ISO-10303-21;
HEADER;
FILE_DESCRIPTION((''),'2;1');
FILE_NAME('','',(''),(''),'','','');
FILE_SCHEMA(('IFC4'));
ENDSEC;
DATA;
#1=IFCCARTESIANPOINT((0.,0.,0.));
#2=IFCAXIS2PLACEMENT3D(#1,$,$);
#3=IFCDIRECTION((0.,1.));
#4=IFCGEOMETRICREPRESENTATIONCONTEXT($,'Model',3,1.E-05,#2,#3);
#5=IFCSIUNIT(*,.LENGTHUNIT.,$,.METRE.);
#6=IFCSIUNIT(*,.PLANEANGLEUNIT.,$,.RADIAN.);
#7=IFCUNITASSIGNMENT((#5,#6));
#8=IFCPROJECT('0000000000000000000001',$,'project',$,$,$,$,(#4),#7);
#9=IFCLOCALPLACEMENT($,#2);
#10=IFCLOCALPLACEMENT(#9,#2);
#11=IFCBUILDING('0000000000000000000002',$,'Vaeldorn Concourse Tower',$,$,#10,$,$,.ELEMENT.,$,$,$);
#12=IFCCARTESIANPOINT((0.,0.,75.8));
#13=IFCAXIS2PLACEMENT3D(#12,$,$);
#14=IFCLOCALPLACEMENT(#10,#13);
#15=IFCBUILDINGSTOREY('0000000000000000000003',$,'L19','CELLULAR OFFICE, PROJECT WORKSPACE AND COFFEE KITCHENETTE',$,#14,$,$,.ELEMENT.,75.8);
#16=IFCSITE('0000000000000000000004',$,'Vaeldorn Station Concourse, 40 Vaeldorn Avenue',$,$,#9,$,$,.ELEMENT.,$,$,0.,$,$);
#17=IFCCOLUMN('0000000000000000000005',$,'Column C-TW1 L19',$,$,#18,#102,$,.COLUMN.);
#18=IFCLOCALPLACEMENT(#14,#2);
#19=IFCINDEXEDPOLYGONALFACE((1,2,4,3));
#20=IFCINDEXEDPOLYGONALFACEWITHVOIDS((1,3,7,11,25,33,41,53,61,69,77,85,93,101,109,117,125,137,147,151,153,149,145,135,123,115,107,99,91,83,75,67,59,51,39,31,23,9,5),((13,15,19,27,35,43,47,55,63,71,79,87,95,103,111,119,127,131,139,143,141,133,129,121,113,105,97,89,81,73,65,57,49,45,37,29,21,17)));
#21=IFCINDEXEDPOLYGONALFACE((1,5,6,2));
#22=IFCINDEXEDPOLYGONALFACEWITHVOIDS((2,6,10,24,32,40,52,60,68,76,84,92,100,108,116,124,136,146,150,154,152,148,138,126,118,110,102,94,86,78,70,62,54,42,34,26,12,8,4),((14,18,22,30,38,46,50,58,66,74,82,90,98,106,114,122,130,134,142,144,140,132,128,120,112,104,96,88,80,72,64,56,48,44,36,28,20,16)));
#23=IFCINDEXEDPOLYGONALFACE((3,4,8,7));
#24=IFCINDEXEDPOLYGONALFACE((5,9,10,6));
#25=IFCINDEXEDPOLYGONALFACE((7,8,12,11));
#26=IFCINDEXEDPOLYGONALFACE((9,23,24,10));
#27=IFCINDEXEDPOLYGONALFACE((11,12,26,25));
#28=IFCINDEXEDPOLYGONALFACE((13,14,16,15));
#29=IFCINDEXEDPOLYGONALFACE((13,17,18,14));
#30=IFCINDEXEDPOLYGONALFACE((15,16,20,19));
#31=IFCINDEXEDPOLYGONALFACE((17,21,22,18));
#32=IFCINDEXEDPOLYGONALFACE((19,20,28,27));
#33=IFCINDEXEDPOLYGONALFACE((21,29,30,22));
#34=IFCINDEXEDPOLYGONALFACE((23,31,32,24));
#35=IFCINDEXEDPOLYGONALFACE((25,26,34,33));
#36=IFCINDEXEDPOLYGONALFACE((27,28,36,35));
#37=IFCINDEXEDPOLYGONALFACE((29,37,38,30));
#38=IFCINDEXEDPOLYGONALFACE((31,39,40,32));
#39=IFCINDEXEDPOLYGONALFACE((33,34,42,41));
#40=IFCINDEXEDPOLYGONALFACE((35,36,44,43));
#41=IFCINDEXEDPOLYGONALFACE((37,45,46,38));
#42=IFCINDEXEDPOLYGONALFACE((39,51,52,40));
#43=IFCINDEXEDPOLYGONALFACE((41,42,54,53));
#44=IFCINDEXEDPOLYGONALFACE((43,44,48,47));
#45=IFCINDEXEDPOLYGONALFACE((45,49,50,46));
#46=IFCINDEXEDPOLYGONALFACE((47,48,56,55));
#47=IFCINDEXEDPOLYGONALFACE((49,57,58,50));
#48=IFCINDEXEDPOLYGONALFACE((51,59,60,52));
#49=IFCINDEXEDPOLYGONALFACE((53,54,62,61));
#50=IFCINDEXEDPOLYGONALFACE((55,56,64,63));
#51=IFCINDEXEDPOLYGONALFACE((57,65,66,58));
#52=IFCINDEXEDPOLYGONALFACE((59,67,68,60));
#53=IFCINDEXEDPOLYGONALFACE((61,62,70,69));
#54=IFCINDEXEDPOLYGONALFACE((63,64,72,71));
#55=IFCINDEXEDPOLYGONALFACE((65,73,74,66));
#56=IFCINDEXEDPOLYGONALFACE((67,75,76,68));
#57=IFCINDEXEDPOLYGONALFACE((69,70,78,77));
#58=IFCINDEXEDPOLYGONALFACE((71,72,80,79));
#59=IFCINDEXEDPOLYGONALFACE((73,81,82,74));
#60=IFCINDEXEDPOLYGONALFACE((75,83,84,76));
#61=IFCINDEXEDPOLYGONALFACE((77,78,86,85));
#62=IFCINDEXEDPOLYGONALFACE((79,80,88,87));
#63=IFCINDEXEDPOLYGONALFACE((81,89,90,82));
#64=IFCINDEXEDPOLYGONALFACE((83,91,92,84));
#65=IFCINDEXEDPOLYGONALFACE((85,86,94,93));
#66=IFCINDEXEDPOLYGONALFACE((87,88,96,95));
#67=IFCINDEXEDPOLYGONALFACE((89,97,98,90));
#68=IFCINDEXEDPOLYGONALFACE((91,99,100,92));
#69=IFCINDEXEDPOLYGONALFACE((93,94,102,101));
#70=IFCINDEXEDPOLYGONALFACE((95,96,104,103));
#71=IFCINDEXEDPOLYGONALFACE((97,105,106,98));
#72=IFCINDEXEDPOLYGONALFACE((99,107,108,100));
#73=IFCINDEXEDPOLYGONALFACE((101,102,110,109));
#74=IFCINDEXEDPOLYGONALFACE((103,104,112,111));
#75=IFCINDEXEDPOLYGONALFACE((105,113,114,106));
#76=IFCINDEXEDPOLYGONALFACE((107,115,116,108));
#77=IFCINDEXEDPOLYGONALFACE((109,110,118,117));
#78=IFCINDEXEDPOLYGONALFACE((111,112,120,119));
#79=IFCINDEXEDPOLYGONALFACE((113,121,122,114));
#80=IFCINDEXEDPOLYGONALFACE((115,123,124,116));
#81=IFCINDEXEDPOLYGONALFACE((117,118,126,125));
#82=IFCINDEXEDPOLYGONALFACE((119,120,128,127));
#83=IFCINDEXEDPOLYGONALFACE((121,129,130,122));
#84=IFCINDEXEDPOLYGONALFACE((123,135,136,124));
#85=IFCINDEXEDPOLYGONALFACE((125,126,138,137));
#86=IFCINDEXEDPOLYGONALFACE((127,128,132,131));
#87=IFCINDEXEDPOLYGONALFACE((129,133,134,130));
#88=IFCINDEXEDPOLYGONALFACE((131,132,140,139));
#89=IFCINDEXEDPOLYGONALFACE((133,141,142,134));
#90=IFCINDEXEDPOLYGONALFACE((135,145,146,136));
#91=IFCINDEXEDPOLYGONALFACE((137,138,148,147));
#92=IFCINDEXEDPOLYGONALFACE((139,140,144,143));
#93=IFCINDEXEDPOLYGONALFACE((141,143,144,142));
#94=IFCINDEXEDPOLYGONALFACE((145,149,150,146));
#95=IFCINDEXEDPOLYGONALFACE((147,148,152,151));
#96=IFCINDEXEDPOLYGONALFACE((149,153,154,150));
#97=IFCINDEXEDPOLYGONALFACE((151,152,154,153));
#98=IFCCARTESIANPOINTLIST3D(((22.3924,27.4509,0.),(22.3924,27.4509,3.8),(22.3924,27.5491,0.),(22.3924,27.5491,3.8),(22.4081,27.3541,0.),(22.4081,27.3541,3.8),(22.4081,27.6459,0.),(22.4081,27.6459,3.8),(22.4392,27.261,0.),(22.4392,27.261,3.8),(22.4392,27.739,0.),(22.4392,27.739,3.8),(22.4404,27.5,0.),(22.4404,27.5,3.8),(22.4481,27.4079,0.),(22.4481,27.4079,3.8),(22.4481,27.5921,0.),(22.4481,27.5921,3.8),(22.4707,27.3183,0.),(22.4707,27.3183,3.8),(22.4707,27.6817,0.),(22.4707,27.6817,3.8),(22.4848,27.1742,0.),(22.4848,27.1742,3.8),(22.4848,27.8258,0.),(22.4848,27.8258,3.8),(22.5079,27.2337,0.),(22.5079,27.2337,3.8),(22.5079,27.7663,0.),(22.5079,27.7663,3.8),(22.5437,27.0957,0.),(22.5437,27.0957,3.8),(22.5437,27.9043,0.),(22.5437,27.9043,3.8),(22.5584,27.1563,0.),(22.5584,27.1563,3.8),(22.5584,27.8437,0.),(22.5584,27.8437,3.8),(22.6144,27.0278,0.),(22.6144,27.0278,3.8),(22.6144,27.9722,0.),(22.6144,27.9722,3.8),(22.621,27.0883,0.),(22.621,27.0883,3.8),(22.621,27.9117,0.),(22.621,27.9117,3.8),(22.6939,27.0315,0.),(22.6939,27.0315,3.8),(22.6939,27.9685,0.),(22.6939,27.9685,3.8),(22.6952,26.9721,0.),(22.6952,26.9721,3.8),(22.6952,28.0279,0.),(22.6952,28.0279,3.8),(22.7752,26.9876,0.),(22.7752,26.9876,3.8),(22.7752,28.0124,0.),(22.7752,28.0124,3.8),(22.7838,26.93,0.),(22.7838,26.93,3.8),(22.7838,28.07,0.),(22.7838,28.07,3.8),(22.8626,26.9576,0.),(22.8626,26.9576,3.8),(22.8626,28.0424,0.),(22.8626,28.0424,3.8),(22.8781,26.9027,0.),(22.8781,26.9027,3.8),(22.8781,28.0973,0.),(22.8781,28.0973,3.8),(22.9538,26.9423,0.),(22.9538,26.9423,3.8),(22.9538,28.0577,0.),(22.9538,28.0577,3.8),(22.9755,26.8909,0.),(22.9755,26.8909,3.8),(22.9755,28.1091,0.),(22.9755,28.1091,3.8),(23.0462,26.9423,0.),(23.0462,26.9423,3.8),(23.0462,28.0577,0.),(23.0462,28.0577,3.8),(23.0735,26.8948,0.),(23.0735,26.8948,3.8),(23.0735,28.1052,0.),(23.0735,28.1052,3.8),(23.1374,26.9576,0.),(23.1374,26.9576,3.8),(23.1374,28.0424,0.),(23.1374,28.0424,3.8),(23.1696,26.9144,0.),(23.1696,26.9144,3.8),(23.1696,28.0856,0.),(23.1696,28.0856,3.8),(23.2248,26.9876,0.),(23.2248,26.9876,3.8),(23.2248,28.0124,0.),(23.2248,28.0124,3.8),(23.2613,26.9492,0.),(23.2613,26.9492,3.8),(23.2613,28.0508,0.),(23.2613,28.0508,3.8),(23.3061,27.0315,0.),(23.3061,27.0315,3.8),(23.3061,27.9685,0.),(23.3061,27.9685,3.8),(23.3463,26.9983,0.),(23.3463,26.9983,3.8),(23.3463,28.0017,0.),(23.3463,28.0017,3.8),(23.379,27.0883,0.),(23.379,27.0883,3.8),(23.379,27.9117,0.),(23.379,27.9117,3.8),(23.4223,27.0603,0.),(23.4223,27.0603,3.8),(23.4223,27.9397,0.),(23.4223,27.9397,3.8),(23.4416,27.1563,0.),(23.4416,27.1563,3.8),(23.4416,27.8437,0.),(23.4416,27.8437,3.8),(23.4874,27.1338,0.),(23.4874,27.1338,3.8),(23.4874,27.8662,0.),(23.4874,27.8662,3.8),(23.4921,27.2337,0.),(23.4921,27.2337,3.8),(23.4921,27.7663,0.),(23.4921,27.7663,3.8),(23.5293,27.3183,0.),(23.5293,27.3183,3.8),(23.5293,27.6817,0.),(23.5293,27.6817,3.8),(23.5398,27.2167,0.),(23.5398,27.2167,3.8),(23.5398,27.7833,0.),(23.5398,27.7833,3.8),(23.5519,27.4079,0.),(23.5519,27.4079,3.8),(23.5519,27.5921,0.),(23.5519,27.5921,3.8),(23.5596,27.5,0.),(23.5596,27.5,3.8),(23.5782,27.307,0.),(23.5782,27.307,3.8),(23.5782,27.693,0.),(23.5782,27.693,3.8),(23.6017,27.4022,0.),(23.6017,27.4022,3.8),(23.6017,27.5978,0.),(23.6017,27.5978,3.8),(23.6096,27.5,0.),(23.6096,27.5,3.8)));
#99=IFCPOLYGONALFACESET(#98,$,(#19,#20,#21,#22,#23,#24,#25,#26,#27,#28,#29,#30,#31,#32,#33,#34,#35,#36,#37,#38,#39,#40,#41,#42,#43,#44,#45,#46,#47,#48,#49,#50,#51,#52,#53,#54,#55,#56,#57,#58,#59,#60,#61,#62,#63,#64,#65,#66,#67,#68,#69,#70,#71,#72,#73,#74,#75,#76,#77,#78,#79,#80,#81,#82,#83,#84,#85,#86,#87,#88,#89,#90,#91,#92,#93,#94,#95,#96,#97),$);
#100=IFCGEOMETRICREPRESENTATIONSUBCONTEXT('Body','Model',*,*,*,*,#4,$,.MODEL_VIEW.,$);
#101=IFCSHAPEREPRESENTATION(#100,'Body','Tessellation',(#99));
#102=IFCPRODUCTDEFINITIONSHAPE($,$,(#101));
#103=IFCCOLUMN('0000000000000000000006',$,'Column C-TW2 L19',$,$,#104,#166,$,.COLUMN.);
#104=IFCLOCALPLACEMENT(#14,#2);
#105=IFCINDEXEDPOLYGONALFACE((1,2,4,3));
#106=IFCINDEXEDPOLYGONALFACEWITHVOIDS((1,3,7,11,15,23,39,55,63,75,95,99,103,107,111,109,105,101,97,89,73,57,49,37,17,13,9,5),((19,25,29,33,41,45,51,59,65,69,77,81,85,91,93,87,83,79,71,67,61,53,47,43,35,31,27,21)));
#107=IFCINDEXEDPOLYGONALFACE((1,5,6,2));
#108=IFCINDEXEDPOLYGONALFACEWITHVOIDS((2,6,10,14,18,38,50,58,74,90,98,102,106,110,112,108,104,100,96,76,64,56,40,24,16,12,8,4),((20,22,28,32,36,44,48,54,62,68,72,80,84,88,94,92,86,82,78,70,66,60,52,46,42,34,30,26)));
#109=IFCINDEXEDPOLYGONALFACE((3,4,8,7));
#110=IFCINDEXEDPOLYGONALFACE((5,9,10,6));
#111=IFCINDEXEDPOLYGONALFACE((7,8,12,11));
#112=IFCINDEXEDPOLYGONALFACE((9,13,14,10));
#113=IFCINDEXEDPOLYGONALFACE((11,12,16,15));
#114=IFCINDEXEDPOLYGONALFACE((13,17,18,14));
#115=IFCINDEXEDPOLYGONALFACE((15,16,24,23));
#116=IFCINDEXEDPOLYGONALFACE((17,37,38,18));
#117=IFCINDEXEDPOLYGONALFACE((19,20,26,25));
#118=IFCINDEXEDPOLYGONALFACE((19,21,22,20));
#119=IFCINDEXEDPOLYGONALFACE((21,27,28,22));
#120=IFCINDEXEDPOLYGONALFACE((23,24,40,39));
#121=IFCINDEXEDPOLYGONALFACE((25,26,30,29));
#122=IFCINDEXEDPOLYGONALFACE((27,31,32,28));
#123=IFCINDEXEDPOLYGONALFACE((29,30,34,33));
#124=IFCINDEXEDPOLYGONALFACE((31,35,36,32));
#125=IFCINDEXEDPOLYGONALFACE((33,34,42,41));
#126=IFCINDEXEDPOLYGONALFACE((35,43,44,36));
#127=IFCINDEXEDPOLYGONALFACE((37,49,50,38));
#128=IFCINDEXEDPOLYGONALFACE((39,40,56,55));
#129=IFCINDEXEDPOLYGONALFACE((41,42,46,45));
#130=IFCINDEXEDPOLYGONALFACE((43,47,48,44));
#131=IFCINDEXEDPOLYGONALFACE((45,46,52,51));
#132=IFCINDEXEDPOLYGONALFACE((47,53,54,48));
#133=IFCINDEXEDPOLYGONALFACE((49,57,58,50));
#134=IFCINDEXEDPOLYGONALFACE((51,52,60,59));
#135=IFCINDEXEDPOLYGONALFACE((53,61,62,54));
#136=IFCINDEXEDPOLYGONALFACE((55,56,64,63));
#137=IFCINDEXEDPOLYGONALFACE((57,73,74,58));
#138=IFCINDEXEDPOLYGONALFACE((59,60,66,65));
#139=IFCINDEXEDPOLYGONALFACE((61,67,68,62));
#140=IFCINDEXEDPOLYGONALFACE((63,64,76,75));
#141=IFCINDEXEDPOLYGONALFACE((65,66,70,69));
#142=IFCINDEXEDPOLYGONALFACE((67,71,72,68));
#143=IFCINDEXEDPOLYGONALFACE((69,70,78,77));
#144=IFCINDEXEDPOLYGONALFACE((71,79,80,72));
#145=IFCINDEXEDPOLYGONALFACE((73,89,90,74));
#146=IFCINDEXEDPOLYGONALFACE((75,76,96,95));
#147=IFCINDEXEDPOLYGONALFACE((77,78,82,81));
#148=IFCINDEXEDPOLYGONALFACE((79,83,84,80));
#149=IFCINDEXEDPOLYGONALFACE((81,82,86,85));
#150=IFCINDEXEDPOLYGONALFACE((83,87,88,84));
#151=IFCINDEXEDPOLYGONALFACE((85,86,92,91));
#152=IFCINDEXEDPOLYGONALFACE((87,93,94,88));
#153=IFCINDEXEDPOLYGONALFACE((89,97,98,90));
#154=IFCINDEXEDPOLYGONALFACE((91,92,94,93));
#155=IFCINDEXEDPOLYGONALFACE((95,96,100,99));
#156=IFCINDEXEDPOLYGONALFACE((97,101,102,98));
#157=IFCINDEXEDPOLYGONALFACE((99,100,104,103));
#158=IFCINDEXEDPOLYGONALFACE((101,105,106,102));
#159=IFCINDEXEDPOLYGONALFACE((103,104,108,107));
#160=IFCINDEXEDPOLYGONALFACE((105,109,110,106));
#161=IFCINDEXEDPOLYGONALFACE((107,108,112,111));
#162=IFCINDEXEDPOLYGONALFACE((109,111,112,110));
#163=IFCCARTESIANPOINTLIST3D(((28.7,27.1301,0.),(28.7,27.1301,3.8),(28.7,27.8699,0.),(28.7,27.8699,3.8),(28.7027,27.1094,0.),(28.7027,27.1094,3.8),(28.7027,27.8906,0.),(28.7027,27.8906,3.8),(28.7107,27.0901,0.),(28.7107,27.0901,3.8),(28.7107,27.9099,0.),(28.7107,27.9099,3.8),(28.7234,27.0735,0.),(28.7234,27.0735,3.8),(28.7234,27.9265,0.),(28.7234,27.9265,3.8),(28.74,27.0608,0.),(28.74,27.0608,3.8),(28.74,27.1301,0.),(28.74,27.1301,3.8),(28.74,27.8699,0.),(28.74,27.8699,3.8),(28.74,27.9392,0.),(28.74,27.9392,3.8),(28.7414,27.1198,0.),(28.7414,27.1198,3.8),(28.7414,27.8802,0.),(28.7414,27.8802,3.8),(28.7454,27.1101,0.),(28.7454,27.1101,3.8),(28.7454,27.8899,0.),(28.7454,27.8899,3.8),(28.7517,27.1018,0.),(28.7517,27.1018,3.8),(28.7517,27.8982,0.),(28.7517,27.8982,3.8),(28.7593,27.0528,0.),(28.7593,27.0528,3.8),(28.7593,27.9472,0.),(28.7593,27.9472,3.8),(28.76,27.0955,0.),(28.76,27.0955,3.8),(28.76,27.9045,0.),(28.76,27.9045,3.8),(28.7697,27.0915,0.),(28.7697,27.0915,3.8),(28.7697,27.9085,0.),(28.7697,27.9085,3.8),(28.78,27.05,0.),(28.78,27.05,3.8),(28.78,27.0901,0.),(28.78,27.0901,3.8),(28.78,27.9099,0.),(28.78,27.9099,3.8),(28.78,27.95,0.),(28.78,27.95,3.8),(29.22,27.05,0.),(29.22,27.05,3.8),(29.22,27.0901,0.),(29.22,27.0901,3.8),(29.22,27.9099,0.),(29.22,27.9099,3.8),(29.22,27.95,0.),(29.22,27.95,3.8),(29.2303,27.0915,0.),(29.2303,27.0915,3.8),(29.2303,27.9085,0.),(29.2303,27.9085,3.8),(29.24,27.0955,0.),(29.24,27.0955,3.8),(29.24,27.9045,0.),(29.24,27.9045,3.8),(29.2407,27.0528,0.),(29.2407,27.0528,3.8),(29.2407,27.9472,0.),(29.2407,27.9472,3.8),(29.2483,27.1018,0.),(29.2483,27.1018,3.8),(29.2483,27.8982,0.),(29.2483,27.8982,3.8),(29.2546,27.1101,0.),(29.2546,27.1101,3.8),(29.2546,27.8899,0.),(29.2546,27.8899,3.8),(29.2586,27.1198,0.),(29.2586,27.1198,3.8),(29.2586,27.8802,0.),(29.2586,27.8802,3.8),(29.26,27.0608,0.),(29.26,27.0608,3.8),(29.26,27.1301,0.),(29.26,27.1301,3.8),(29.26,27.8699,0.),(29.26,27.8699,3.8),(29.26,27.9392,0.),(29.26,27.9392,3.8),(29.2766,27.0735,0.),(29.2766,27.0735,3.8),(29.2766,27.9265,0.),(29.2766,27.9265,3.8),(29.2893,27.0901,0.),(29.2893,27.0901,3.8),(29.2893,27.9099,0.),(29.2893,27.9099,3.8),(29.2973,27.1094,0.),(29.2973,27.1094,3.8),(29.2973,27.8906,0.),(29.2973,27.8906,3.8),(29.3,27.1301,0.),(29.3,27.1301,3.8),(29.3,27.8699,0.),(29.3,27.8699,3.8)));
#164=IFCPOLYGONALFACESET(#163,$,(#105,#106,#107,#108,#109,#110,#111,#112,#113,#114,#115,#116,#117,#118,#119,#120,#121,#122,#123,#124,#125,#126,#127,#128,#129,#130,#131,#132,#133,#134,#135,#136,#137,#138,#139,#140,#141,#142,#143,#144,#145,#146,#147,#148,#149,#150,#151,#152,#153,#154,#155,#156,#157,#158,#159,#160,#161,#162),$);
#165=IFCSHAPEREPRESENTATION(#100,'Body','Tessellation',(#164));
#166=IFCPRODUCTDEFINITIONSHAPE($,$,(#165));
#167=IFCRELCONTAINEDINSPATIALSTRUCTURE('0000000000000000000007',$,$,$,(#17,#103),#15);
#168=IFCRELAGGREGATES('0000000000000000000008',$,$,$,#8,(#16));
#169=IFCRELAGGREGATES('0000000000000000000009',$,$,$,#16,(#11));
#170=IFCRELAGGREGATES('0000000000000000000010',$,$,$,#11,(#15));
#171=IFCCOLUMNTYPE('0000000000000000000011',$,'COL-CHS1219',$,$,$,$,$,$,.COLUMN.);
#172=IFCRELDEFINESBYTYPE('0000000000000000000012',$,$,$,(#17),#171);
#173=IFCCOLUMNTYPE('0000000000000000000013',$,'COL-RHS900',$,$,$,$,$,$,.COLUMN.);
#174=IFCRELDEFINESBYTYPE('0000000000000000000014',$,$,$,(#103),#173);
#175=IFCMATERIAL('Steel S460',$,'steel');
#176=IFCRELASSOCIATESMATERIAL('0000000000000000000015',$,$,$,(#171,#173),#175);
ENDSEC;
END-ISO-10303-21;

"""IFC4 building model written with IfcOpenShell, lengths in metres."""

from ifc_helpers import new_model, si_unit, direction, frame, origin, origin_2d, place, context, subcontext, project, spatial, hollow_rectangle, hollow_circle, extrude, source, transform, mapped, material, material_profile, profile_set, type_object, element, save


model = new_model("IFC4")

# Units and contexts
model_context = context("Model", 3, precision=1e-05, world=origin(), true_north=direction((0.0, 1.0)))
body_context = subcontext(model_context, "Body", "Model", "MODEL_VIEW")
ifc_project = project(units=[si_unit("LENGTHUNIT", "METRE"), si_unit("PLANEANGLEUNIT", "RADIAN")], contexts=[model_context])

# Site, building, storey
site_placement = place(None, origin())
site = spatial("IfcSite", under=ifc_project, at=site_placement, Name="Vaeldorn Station Concourse, 40 Vaeldorn Avenue", CompositionType="ELEMENT", RefElevation=0.0)
building_placement = place(site_placement, origin())
building = spatial("IfcBuilding", under=site, at=building_placement, Name="Vaeldorn Concourse Tower", CompositionType="ELEMENT")
storey_placement = place(building_placement, frame((0.0, 0.0, 75.8)))
storey = spatial("IfcBuildingStorey", under=building, at=storey_placement, Name="L19", Description="CELLULAR OFFICE, PROJECT WORKSPACE AND COFFEE KITCHENETTE", CompositionType="ELEMENT", Elevation=75.8)

# Columns
ifc_material_1 = material(Name="Steel S460", Category="steel")
ifc_material_profile_1 = material_profile(ifc_material_1, hollow_circle(Radius=0.6096, WallThickness=0.05, at=origin_2d()), Name="CHS 1219x50")
ifc_profile_set_1 = profile_set([ifc_material_profile_1], Name="Steel S460")
column_type_1 = type_object("IfcColumnType", Name="COL-CHS1219", PredefinedType="COLUMN", material=ifc_profile_set_1)
shared_shape_1 = source(origin(), body_context, "Body", "SweptSolid", [
    extrude(hollow_circle(Radius=0.6096, WallThickness=0.05, at=origin_2d()), origin(), (0.0, 0.0, 1.0), 3.8),
])
column_1_placement = place(storey_placement, frame((23.0, 27.5, 0.0), z_axis=(0.0, 0.0, 1.0), x_axis=(1.0, 0.0, 0.0)))
element("IfcColumn", 1, at=column_1_placement, inside=storey, type_object=column_type_1, Name="Column C-TW1 L19", PredefinedType="COLUMN", context=body_context, shape_type="MappedRepresentation", body=[
    mapped(shared_shape_1, transform((0.0, 0.0, 0.0), scale=1.0)),
])
ifc_material_profile_2 = material_profile(ifc_material_1, hollow_rectangle(XDim=0.6001, YDim=0.8999, WallThickness=0.04, InnerFilletRadius=0.04, OuterFilletRadius=0.0801, at=origin_2d()), Name="RHS 900x600x40")
ifc_profile_set_2 = profile_set([ifc_material_profile_2], Name="Steel S460")
column_type_2 = type_object("IfcColumnType", Name="COL-RHS900", PredefinedType="COLUMN", material=ifc_profile_set_2)
shared_shape_2 = source(origin(), body_context, "Body", "SweptSolid", [
    extrude(hollow_rectangle(XDim=0.6001, YDim=0.8999, WallThickness=0.04, InnerFilletRadius=0.04, OuterFilletRadius=0.0801, at=origin_2d()), origin(), (0.0, 0.0, 1.0), 3.8),
])
for number, where, z_axis, x_axis, name in (
    (2, (29.0, 27.5, 0.0), (0.0, 0.0, 1.0), (1.0, 0.0, 0.0), "Column C-TW2 L19"),
):
    element("IfcColumn", number, at=place(storey_placement, frame(where, z_axis=z_axis, x_axis=x_axis)), inside=storey, type_object=column_type_2, Name=name, PredefinedType="COLUMN", context=body_context, shape_type="MappedRepresentation", body=[
        mapped(shared_shape_2, transform((0.0, 0.0, 0.0), scale=1.0)),
    ])

save(model, "model.ifc")
